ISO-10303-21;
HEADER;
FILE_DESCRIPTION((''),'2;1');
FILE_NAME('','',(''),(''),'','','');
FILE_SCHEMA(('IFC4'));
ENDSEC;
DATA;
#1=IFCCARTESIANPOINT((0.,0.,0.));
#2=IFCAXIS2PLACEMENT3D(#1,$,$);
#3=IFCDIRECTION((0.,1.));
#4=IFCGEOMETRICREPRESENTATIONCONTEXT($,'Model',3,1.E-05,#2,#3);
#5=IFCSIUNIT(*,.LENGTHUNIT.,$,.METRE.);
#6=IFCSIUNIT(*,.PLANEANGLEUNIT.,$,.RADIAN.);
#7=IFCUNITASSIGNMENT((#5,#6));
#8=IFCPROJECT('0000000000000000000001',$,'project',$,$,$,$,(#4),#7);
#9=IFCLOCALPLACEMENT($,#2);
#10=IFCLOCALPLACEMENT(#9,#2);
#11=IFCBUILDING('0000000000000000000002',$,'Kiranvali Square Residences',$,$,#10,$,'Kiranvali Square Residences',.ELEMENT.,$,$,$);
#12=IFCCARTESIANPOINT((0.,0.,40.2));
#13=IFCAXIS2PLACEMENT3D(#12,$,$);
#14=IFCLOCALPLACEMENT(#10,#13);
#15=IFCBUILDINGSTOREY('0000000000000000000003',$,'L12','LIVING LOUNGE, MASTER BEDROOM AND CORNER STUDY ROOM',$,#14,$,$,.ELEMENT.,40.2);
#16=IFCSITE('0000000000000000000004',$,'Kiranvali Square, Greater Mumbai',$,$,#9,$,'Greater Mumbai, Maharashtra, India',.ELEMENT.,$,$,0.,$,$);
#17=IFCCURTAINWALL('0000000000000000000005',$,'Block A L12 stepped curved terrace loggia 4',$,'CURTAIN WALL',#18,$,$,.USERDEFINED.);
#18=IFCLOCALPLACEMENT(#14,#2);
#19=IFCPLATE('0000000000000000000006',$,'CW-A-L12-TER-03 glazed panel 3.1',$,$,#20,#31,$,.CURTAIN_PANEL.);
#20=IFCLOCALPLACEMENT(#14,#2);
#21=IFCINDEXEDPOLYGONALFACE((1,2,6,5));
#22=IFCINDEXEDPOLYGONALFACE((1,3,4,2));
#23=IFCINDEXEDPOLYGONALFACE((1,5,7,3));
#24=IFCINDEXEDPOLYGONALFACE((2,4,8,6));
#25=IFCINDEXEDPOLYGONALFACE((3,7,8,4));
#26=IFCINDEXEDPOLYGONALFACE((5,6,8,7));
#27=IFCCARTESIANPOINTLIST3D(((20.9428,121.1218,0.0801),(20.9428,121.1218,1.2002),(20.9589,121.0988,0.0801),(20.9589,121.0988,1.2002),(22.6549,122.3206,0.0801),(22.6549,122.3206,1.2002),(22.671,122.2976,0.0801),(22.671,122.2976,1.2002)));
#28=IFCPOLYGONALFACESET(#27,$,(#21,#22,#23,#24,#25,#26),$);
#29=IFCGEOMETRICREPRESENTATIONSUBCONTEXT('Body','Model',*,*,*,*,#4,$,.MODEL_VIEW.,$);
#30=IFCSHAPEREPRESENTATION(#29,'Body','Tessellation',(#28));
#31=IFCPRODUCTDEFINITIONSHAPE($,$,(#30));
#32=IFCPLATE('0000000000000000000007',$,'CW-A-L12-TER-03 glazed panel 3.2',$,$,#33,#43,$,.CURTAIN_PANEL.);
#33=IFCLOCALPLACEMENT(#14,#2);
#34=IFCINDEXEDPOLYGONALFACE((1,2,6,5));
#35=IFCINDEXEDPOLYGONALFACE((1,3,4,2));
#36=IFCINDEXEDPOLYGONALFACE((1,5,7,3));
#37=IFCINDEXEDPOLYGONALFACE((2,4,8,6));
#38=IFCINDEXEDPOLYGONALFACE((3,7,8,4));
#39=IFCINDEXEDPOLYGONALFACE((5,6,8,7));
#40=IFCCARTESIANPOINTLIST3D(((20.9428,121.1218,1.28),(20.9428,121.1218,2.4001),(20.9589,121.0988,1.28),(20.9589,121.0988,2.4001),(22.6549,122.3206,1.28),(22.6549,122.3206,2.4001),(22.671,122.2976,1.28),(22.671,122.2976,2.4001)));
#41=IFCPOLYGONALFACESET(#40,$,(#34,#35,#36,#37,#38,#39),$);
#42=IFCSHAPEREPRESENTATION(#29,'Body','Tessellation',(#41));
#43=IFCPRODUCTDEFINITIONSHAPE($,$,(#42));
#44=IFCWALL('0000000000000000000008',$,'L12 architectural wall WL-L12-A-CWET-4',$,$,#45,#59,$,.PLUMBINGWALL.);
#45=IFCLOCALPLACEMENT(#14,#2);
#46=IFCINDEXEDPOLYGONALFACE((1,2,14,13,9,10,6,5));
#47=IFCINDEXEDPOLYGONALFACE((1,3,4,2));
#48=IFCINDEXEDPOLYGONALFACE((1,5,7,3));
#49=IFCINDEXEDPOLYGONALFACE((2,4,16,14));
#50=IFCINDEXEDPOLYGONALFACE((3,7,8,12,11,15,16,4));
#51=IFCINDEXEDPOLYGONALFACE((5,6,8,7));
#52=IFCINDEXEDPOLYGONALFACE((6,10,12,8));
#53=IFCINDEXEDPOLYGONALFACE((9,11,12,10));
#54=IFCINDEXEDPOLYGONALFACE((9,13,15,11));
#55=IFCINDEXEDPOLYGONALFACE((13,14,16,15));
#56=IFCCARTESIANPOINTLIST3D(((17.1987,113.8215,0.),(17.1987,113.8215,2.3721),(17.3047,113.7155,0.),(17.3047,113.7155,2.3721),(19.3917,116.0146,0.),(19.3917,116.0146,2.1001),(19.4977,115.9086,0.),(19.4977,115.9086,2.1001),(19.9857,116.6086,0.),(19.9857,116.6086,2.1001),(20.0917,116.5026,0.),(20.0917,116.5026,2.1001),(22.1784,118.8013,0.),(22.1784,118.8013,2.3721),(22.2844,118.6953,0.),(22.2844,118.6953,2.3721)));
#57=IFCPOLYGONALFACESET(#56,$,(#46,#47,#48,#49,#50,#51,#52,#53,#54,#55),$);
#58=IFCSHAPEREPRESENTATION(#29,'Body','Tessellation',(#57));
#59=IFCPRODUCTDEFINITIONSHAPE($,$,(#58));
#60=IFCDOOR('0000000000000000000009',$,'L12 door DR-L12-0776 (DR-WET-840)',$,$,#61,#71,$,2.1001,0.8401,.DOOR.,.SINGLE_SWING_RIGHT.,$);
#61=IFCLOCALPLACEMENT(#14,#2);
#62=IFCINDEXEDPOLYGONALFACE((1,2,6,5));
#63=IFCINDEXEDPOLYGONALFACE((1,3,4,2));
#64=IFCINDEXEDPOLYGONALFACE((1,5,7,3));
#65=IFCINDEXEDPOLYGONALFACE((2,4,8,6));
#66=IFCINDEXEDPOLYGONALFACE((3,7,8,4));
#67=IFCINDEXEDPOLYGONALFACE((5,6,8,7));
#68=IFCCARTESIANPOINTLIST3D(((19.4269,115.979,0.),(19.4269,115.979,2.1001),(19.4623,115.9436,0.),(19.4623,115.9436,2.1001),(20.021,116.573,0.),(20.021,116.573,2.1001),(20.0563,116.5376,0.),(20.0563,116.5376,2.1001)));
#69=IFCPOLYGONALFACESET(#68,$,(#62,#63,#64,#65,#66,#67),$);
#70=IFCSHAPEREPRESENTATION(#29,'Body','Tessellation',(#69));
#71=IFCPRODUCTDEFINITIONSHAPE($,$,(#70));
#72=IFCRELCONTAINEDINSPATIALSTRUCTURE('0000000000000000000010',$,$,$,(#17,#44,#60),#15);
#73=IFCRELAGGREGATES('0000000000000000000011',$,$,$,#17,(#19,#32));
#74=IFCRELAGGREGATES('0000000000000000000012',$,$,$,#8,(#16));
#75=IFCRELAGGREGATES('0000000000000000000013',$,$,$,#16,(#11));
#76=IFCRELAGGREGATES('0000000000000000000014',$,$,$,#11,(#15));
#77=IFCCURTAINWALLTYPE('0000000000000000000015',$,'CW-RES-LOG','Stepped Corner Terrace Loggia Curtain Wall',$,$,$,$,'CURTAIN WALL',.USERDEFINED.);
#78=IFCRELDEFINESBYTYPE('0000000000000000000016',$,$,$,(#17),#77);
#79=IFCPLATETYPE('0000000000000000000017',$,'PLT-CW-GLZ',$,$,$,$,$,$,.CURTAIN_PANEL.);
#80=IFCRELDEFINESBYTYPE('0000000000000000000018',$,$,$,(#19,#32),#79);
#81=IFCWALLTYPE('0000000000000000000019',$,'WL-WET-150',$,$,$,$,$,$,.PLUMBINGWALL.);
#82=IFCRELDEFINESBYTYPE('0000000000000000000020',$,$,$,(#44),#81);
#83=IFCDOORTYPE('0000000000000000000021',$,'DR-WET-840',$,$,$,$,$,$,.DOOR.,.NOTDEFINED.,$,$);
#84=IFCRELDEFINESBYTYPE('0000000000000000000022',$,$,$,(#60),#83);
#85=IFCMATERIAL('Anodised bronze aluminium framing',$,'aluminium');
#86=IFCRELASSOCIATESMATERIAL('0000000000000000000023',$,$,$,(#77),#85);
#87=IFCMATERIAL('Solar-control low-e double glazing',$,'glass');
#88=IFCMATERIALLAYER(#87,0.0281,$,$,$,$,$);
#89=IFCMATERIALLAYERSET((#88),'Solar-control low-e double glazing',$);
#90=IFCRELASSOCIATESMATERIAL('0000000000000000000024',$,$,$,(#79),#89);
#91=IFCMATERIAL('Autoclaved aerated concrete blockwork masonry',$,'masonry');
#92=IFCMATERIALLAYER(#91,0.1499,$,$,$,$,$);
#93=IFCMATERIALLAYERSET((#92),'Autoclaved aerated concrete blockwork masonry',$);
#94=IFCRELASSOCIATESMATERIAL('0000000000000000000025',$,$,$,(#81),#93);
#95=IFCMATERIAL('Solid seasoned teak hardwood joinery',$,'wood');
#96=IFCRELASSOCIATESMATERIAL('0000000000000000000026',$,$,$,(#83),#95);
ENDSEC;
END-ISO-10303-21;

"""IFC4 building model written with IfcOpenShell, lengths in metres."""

from ifc_helpers import new_model, si_unit, direction, frame, frame_2d, origin, origin_2d, place, context, subcontext, project, spatial, rectangle, extrude, material, layer, layer_set, type_object, element, fill, aggregate, save


model = new_model("IFC4")

# Units and contexts
model_context = context("Model", 3, precision=1e-05, world=origin(), true_north=direction((0.0, 1.0)))
body_context = subcontext(model_context, "Body", "Model", "MODEL_VIEW")
ifc_project = project(units=[si_unit("LENGTHUNIT", "METRE"), si_unit("PLANEANGLEUNIT", "RADIAN")], contexts=[model_context])

# Site, building, storey
site_placement = place(None, origin())
site = spatial("IfcSite", under=ifc_project, at=site_placement, Name="Kiranvali Square, Greater Mumbai", LongName="Greater Mumbai, Maharashtra, India", CompositionType="ELEMENT", RefElevation=0.0)
building_placement = place(site_placement, origin())
building = spatial("IfcBuilding", under=site, at=building_placement, Name="Kiranvali Square Residences", LongName="Kiranvali Square Residences", CompositionType="ELEMENT")
storey_placement = place(building_placement, frame((0.0, 0.0, 40.2)))
storey = spatial("IfcBuildingStorey", under=building, at=storey_placement, Name="L12", Description="LIVING LOUNGE, MASTER BEDROOM AND CORNER STUDY ROOM", CompositionType="ELEMENT", Elevation=40.2)

# Curtain wall
ifc_material_1 = material(Name="Anodised bronze aluminium framing", Category="aluminium")
curtain_wall_type = type_object("IfcCurtainWallType", Name="CW-RES-LOG", Description="Stepped Corner Terrace Loggia Curtain Wall", ElementType="CURTAIN WALL", PredefinedType="USERDEFINED", material=ifc_material_1)
curtain_wall_1_placement = place(storey_placement, origin())
curtain_wall_1 = element("IfcCurtainWall", 1, at=curtain_wall_1_placement, inside=storey, type_object=curtain_wall_type, Name="Block A L12 stepped curved terrace loggia 4", ObjectType="CURTAIN WALL", PredefinedType="USERDEFINED")

# Plates
ifc_material_2 = material(Name="Solar-control low-e double glazing", Category="glass")
ifc_layer_1 = layer(ifc_material_2, 0.0281)
ifc_layer_set_1 = layer_set([ifc_layer_1], Name="Solar-control low-e double glazing")
plate_type = type_object("IfcPlateType", Name="PLT-CW-GLZ", PredefinedType="CURTAIN_PANEL", material=ifc_layer_set_1)
plate_1_placement = place(storey_placement, frame((21.8069, 121.7097, 0.0801), z_axis=(0.0, 0.0, 1.0), x_axis=(-0.819152, -0.573576, 0.0)))
plate_1 = element("IfcPlate", 2, at=plate_1_placement, type_object=plate_type, Name="CW-A-L12-TER-03 glazed panel 3.1", PredefinedType="CURTAIN_PANEL", context=body_context, shape_type="SweptSolid", body=[
    extrude(rectangle(XDim=2.0901, YDim=0.0281, at=origin_2d()), origin(), (0.0, 0.0, 1.0), 1.1201),
])
plate_2_placement = place(storey_placement, frame((21.8069, 121.7097, 1.28), z_axis=(0.0, 0.0, 1.0), x_axis=(-0.819152, -0.573576, 0.0)))
plate_2 = element("IfcPlate", 3, at=plate_2_placement, type_object=plate_type, Name="CW-A-L12-TER-03 glazed panel 3.2", PredefinedType="CURTAIN_PANEL", context=body_context, shape_type="SweptSolid", body=[
    extrude(rectangle(XDim=2.0901, YDim=0.0281, at=origin_2d()), origin(), (0.0, 0.0, 1.0), 1.1201),
])
aggregate(curtain_wall_1, [plate_1, plate_2])

# Wall, opening, door
ifc_material_3 = material(Name="Autoclaved aerated concrete blockwork masonry", Category="masonry")
ifc_layer_2 = layer(ifc_material_3, 0.1499)
ifc_layer_set_2 = layer_set([ifc_layer_2], Name="Autoclaved aerated concrete blockwork masonry")
wall_type_1 = type_object("IfcWallType", Name="WL-WET-150", PredefinedType="PLUMBINGWALL", material=ifc_layer_set_2)
wall_1_placement = place(storey_placement, frame((22.2314, 118.7483, 0.0), z_axis=(0.0, 0.0, 1.0), x_axis=(-0.707107, -0.707107, 0.0)))
wall_1 = element("IfcWall", 4, at=wall_1_placement, inside=storey, type_object=wall_type_1, Name="L12 architectural wall WL-L12-A-CWET-4", PredefinedType="PLUMBINGWALL", context=body_context, shape_type="SweptSolid", body=[
    extrude(rectangle(XDim=7.0425, YDim=0.1499, at=frame_2d((3.5212, 0.0))), origin(), (0.0, 0.0, 1.0), 2.3721),
])
opening_1_placement = place(wall_1_placement, frame((3.1011, 0.0, 0.0)))
opening_1 = element("IfcOpeningElement", 5, at=opening_1_placement, cuts=wall_1, PredefinedType="OPENING", context=body_context, shape_type="SweptSolid", body=[
    extrude(rectangle(XDim=0.8401, YDim=2.1001, at=frame_2d((0.4199, 1.05))), frame((0.0, 0.085, 0.0), z_axis=(0.0, -1.0, 0.0), x_axis=(1.0, 0.0, 0.0)), (0.0, 0.0, 1.0), 0.1699),
])
ifc_material_4 = material(Name="Solid seasoned teak hardwood joinery", Category="wood")
door_type_1 = type_object("IfcDoorType", Name="DR-WET-840", OperationType="NOTDEFINED", PredefinedType="DOOR", material=ifc_material_4)
door_1_placement = place(opening_1_placement, frame((0.8401, 0.0, 0.0), z_axis=(0.0, 0.0, 1.0), x_axis=(-1.0, 0.0, 0.0)))
door_1 = element("IfcDoor", 6, at=door_1_placement, inside=storey, type_object=door_type_1, Name="L12 door DR-L12-0776 (DR-WET-840)", OperationType="SINGLE_SWING_RIGHT", OverallHeight=2.1001, OverallWidth=0.8401, PredefinedType="DOOR", context=body_context, shape_type="SweptSolid", body=[
    extrude(rectangle(XDim=0.8401, YDim=2.1001, at=frame_2d((0.4199, 1.05))), frame((0.0, 0.0249, 0.0), z_axis=(0.0, -1.0, 0.0), x_axis=(1.0, 0.0, 0.0)), (0.0, 0.0, 1.0), 0.05),
])
fill(opening_1, door_1)

save(model, "model.ifc")
